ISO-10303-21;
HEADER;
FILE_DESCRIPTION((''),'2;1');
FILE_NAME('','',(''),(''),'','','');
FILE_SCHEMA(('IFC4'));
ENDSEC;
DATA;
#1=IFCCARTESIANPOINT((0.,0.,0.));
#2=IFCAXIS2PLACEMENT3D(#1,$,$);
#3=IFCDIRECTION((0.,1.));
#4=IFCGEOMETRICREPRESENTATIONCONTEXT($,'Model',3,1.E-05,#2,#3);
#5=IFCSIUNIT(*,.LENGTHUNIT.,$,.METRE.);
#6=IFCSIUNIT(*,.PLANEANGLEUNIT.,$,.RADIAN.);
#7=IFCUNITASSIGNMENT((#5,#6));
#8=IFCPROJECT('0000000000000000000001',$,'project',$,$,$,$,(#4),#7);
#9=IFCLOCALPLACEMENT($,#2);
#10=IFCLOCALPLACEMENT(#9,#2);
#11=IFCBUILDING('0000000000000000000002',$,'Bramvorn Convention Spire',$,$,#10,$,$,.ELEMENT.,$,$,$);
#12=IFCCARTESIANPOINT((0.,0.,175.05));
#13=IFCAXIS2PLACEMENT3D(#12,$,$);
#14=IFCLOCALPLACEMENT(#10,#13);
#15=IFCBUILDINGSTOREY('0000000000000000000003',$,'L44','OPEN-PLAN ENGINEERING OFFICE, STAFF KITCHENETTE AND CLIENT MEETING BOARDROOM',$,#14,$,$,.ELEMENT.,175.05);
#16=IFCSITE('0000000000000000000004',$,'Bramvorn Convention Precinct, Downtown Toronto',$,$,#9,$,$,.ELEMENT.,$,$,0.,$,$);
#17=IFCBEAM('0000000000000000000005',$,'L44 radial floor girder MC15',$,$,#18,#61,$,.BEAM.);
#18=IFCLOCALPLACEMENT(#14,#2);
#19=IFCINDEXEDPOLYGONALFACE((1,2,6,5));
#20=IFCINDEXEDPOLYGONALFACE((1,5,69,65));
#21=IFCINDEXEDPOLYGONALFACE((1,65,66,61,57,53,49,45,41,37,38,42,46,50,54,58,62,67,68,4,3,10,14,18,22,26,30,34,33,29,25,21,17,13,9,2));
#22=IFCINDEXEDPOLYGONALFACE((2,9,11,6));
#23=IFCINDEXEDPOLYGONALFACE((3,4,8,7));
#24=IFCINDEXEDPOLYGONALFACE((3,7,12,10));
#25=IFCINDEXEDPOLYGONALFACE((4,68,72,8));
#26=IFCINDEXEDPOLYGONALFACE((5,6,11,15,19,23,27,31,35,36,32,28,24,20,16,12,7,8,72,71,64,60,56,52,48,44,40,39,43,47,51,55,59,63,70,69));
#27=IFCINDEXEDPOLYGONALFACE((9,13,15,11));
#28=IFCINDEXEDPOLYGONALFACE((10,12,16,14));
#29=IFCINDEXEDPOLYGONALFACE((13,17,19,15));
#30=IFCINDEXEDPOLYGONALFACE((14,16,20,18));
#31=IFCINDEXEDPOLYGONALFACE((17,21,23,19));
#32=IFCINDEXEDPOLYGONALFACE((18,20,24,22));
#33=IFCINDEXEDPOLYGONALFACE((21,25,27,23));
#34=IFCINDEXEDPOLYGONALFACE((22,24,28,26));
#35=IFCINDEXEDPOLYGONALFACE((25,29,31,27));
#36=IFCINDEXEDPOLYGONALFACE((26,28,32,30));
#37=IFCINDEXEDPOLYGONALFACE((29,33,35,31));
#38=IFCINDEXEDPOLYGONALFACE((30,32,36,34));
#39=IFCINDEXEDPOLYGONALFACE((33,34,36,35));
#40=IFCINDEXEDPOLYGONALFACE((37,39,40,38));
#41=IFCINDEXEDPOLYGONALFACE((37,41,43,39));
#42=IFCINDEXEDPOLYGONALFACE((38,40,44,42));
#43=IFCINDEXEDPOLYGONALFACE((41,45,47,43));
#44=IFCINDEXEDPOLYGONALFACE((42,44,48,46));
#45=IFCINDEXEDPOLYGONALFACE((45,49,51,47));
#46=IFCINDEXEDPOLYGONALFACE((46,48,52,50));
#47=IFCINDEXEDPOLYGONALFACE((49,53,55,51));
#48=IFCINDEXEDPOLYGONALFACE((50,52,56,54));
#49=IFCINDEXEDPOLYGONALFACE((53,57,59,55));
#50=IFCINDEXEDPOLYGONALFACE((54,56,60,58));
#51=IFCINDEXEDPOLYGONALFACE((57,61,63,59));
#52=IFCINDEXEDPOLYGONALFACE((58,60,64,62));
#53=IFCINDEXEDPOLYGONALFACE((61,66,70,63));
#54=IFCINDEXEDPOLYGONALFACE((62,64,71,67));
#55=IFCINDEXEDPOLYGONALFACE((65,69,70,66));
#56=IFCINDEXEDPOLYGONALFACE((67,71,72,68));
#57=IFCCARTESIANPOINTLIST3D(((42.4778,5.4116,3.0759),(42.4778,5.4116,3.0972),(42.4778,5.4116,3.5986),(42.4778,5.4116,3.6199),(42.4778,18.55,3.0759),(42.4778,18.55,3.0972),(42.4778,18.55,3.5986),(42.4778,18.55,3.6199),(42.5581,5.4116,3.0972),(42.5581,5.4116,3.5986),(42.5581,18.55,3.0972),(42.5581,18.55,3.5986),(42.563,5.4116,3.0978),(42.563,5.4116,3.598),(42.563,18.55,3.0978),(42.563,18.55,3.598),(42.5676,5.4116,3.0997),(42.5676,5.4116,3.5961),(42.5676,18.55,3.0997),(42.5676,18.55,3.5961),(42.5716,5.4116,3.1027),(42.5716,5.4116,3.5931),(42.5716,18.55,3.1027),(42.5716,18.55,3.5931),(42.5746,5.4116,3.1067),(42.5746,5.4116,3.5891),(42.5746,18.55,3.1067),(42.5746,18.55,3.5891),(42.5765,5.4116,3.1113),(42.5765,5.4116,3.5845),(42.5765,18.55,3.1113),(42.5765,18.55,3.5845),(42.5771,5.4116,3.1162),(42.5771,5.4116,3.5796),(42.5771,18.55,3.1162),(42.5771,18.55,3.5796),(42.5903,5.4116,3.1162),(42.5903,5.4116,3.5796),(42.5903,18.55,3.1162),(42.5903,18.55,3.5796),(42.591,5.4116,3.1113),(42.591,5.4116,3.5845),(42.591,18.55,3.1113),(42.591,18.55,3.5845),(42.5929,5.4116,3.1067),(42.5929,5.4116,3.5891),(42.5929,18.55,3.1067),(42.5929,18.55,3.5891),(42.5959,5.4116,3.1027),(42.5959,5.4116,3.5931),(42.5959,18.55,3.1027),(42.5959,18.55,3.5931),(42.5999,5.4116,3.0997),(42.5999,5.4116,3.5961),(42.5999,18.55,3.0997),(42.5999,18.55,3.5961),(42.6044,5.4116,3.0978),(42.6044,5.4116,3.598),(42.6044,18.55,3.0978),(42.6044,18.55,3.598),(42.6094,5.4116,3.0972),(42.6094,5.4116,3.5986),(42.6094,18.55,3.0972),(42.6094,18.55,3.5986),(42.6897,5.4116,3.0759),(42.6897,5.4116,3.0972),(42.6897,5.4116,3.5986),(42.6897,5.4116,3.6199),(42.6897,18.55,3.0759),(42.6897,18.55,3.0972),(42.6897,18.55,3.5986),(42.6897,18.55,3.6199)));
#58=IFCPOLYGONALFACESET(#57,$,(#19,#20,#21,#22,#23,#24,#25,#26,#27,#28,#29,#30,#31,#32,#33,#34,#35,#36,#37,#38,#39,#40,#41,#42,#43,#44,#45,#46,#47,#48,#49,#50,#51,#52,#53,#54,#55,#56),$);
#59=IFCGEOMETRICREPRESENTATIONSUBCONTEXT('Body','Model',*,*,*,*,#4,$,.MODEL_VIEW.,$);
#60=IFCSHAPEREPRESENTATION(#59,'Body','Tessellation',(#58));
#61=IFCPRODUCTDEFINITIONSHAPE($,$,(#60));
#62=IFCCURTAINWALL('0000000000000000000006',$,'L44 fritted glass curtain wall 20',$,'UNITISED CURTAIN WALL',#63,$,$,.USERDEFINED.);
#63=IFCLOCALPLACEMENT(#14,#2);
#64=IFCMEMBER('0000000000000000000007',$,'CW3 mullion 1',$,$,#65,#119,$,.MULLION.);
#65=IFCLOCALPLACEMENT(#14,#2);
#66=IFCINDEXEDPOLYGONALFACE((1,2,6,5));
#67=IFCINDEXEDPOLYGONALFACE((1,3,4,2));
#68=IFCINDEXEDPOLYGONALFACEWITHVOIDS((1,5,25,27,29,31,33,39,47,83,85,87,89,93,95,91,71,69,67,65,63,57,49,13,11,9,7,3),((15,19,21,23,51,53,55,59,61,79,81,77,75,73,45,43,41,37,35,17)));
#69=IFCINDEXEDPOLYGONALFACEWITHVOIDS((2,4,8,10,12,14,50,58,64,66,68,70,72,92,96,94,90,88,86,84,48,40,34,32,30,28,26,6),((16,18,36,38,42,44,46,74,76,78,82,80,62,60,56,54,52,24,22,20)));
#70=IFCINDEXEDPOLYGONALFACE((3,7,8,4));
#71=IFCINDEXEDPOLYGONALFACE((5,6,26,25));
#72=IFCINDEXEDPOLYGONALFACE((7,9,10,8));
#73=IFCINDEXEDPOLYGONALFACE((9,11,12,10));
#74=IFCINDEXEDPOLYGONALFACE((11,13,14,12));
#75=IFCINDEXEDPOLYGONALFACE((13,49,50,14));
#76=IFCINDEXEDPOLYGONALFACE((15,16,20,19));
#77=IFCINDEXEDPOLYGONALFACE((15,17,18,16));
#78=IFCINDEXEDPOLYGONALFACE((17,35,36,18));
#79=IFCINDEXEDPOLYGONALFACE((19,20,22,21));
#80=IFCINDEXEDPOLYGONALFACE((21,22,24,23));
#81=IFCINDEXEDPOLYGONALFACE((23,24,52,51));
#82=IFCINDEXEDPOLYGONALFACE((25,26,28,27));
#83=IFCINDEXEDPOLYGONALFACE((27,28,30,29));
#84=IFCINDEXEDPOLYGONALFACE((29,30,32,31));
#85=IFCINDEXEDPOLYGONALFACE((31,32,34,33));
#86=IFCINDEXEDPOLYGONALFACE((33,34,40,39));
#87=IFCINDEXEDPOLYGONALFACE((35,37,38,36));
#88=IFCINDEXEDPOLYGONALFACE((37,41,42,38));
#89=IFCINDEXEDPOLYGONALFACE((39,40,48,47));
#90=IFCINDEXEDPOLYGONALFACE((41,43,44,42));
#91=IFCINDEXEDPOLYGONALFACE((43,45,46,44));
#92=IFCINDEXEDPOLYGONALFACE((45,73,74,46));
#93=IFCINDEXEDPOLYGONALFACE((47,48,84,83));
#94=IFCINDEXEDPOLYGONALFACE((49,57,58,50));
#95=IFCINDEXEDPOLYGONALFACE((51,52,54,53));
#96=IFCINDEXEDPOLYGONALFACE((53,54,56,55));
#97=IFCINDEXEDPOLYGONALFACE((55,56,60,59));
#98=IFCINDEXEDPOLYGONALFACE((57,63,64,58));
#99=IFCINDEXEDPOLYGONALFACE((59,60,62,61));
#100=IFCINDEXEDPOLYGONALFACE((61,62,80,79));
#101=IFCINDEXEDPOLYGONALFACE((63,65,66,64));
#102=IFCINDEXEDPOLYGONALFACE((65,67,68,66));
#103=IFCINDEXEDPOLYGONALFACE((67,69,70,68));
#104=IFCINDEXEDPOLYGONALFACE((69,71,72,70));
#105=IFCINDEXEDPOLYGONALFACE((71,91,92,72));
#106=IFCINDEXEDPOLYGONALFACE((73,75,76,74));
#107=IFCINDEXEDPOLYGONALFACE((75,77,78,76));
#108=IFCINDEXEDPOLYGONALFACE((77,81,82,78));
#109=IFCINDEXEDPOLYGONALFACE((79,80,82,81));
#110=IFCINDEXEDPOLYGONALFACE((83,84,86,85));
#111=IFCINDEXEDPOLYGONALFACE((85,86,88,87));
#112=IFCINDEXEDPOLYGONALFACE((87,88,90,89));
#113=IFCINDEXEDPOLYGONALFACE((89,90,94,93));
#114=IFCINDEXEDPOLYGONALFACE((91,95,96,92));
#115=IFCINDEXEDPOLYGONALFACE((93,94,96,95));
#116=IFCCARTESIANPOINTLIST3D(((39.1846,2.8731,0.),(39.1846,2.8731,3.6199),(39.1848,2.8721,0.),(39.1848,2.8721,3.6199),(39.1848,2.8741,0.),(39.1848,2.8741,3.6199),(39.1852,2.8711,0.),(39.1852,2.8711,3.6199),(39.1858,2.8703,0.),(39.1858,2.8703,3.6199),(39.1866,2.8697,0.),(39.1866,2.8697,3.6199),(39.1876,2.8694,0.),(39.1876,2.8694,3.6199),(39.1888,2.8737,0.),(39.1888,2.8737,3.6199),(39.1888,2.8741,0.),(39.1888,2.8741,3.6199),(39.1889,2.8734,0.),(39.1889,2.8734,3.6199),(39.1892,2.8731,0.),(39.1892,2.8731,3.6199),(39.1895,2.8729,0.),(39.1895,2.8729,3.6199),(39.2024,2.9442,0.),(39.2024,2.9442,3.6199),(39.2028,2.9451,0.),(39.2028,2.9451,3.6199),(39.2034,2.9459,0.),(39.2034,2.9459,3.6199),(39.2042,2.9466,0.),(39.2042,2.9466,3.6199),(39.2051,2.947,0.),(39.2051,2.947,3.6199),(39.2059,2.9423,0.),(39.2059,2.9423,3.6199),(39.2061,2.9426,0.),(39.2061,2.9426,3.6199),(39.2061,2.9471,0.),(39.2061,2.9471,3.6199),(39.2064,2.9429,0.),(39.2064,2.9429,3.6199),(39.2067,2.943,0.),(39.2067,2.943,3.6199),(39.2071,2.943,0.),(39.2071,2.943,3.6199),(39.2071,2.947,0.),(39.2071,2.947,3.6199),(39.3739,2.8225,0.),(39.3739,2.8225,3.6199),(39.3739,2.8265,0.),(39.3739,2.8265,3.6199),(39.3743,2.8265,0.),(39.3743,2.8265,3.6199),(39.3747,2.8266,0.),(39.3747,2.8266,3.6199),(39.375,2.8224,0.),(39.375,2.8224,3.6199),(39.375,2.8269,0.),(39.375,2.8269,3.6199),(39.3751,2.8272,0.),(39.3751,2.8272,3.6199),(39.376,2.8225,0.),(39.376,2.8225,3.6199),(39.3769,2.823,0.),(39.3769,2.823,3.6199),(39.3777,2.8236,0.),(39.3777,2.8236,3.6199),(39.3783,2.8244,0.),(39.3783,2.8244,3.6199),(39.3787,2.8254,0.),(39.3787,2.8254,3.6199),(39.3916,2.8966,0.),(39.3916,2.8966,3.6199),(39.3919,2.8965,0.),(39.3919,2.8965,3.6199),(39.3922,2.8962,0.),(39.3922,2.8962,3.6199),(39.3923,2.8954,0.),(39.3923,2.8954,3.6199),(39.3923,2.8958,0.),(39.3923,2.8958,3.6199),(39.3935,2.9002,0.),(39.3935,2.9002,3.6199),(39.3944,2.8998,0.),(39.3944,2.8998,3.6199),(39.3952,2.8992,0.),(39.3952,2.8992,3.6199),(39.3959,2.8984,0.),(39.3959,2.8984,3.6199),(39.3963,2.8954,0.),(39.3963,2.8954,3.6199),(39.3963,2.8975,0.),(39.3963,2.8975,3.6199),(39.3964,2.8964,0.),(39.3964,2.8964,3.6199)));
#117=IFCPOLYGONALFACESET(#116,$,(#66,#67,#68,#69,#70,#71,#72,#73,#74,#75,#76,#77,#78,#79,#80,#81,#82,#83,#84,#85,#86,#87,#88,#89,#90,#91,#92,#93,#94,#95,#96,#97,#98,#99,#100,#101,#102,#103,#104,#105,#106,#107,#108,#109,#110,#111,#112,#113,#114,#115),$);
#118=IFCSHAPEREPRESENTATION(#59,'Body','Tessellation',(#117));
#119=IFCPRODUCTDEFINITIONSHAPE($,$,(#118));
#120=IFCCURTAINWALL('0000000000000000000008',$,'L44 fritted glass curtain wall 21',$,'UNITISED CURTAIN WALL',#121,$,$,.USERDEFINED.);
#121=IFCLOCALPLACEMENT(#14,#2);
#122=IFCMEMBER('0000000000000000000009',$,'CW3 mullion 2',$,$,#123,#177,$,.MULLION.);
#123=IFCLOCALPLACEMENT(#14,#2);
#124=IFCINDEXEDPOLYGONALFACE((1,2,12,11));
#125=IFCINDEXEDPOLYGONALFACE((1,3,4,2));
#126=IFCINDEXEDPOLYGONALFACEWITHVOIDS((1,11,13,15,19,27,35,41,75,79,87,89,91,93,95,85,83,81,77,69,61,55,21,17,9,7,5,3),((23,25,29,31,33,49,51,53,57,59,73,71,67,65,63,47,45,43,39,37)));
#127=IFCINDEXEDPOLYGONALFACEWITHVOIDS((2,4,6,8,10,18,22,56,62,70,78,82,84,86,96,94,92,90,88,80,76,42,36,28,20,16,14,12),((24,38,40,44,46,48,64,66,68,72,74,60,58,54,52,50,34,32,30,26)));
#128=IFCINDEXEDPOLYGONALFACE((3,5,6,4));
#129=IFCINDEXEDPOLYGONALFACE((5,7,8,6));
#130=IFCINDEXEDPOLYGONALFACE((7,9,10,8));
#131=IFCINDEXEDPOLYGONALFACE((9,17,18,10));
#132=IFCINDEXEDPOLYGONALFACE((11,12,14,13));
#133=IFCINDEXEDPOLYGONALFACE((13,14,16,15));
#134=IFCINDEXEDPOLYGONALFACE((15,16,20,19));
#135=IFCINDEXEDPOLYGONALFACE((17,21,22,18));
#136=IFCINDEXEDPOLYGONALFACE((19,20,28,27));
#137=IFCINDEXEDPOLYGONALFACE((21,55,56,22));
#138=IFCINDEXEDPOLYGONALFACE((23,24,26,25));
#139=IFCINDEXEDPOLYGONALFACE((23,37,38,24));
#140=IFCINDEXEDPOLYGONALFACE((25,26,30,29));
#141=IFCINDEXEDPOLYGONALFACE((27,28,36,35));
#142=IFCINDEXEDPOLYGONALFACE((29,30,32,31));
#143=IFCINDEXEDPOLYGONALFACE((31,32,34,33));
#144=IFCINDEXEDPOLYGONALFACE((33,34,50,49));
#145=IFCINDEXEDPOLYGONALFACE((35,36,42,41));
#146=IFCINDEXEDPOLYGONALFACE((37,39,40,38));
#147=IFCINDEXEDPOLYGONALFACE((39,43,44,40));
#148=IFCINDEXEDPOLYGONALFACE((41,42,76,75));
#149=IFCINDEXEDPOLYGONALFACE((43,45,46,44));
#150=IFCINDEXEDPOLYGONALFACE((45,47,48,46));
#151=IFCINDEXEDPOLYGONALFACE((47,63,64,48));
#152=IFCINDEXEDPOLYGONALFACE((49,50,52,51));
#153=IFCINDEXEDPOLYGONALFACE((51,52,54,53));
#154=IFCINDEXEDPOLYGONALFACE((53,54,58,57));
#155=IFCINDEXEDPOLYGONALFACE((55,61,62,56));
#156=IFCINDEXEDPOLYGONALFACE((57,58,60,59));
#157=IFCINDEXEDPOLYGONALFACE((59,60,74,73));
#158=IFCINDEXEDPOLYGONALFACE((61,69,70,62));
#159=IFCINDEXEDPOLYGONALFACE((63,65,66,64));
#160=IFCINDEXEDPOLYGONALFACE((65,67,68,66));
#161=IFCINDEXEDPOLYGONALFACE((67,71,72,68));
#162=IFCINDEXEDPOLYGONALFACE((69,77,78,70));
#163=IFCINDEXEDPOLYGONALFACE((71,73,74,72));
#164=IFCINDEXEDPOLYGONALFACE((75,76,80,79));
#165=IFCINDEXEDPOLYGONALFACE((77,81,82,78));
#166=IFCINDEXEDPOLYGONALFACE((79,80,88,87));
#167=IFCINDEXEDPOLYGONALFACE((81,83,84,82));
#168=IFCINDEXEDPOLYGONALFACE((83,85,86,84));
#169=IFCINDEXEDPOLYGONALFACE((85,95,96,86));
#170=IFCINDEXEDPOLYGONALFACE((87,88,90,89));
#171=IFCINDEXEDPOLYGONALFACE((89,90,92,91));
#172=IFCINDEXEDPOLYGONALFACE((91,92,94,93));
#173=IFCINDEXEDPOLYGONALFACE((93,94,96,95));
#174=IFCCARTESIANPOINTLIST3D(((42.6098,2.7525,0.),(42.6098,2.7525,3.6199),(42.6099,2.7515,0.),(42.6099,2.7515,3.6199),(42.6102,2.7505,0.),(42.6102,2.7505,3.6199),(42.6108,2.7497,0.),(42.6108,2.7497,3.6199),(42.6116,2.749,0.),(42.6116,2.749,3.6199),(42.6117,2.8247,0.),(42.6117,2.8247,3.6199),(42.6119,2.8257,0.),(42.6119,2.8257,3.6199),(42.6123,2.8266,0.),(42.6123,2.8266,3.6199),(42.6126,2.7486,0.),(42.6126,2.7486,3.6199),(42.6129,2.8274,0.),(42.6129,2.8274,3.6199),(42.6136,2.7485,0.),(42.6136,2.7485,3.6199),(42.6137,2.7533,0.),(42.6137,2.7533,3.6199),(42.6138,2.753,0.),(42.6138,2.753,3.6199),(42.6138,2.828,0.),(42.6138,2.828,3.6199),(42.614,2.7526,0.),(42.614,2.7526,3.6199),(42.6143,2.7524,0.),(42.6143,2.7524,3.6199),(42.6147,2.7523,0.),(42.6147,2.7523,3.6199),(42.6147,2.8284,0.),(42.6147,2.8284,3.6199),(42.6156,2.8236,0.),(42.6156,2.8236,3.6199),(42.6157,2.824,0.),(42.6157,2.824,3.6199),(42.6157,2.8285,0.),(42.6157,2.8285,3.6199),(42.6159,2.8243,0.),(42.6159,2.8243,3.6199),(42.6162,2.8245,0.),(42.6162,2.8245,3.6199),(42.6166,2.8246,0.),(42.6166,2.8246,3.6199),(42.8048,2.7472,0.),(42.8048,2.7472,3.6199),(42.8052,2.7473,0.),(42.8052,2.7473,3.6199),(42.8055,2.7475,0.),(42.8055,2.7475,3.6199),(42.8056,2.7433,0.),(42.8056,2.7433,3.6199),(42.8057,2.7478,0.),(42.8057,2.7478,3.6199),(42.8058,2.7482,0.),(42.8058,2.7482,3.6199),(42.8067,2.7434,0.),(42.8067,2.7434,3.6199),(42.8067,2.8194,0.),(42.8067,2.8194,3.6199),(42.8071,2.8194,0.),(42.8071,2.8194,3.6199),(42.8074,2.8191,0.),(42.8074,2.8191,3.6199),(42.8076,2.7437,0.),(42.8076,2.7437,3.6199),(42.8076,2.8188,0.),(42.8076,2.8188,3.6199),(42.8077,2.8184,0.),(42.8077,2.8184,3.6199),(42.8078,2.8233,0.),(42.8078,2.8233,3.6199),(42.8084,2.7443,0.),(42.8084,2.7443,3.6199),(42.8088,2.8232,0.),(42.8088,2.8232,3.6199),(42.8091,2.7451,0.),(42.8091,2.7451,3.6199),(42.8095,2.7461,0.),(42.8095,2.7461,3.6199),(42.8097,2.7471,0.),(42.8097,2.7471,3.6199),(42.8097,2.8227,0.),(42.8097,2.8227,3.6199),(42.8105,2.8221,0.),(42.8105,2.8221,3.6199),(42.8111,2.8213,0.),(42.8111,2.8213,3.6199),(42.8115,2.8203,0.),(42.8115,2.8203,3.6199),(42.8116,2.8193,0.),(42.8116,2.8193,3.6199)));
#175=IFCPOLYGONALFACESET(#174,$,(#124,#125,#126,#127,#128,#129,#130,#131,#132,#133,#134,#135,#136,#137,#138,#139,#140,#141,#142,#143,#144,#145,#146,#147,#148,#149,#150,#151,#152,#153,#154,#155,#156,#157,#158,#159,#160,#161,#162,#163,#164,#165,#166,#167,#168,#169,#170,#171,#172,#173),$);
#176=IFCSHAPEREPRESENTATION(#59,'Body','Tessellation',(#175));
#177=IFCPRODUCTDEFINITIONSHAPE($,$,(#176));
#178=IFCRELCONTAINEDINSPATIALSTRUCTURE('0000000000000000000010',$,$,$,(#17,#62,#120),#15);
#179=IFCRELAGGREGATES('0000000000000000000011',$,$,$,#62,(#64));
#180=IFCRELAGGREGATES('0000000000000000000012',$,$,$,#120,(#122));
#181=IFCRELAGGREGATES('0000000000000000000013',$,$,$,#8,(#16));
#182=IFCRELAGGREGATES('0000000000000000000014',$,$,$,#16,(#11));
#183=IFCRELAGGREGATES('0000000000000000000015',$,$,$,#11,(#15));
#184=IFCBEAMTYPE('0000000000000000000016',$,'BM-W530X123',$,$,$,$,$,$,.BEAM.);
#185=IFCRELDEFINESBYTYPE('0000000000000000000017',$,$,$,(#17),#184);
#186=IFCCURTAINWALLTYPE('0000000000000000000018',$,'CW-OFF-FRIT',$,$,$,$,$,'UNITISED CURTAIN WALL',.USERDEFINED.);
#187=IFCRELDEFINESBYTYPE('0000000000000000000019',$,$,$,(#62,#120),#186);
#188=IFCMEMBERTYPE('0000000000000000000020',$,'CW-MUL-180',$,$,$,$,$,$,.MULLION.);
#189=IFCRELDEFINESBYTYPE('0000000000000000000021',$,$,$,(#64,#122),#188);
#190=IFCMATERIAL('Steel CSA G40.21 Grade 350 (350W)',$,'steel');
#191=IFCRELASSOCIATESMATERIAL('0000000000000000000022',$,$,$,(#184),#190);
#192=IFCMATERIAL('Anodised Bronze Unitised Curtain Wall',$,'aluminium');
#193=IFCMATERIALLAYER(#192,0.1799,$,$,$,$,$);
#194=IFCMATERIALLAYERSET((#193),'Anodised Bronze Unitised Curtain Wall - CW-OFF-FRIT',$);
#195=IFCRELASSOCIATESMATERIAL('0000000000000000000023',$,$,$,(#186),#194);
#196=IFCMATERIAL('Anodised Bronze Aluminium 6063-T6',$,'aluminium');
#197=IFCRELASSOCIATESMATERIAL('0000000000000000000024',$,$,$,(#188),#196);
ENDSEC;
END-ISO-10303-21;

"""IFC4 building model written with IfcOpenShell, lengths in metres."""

from ifc_helpers import new_model, si_unit, direction, frame, origin, origin_2d, place, context, subcontext, project, spatial, hollow_rectangle, i_section, extrude, material, layer, layer_set, material_profile, profile_set, type_object, element, aggregate, save


model = new_model("IFC4")

# Units and contexts
model_context = context("Model", 3, precision=1e-05, world=origin(), true_north=direction((0.0, 1.0)))
body_context = subcontext(model_context, "Body", "Model", "MODEL_VIEW")
ifc_project = project(units=[si_unit("LENGTHUNIT", "METRE"), si_unit("PLANEANGLEUNIT", "RADIAN")], contexts=[model_context])

# Site, building, storey
site_placement = place(None, origin())
site = spatial("IfcSite", under=ifc_project, at=site_placement, Name="Bramvorn Convention Precinct, Downtown Toronto", CompositionType="ELEMENT", RefElevation=0.0)
building_placement = place(site_placement, origin())
building = spatial("IfcBuilding", under=site, at=building_placement, Name="Bramvorn Convention Spire", CompositionType="ELEMENT")
storey_placement = place(building_placement, frame((0.0, 0.0, 175.05)))
storey = spatial("IfcBuildingStorey", under=building, at=storey_placement, Name="L44", Description="OPEN-PLAN ENGINEERING OFFICE, STAFF KITCHENETTE AND CLIENT MEETING BOARDROOM", CompositionType="ELEMENT", Elevation=175.05)

# Shared definitions
ifc_material_1 = material(Name="Steel CSA G40.21 Grade 350 (350W)", Category="steel")

# Beam
ifc_material_profile_1 = material_profile(ifc_material_1, i_section(OverallWidth=0.2119, OverallDepth=0.5439, WebThickness=0.0132, FlangeThickness=0.0212, FilletRadius=0.019, at=origin_2d()))
ifc_profile_set_1 = profile_set([ifc_material_profile_1], Name="Steel CSA G40.21 Grade 350 (350W) - W530X123")
beam_type_1 = type_object("IfcBeamType", Name="BM-W530X123", PredefinedType="BEAM", material=ifc_profile_set_1)
beam_1_placement = place(storey_placement, frame((42.5837, 18.55, 3.3479), z_axis=(0.0, -1.0, 0.0), x_axis=(1.0, 0.0, 0.0)))
element("IfcBeam", 1, at=beam_1_placement, inside=storey, type_object=beam_type_1, Name="L44 radial floor girder MC15", PredefinedType="BEAM", context=body_context, shape_type="SweptSolid", body=[
    extrude(i_section(OverallWidth=0.2119, OverallDepth=0.5439, WebThickness=0.0132, FlangeThickness=0.0212, FilletRadius=0.019, at=origin_2d()), origin(), (0.0, 0.0, 1.0), 13.1384),
])

# Curtain wall, member
ifc_material_2 = material(Name="Anodised Bronze Unitised Curtain Wall", Category="aluminium")
ifc_layer_1 = layer(ifc_material_2, 0.1799)
ifc_layer_set_1 = layer_set([ifc_layer_1], Name="Anodised Bronze Unitised Curtain Wall - CW-OFF-FRIT")
curtain_wall_type = type_object("IfcCurtainWallType", Name="CW-OFF-FRIT", ElementType="UNITISED CURTAIN WALL", PredefinedType="USERDEFINED", material=ifc_layer_set_1)
curtain_wall_1_placement = place(storey_placement, origin())
curtain_wall_1 = element("IfcCurtainWall", 2, at=curtain_wall_1_placement, inside=storey, type_object=curtain_wall_type, Name="L44 fritted glass curtain wall 20", ObjectType="UNITISED CURTAIN WALL", PredefinedType="USERDEFINED")
ifc_material_3 = material(Name="Anodised Bronze Aluminium 6063-T6", Category="aluminium")
ifc_material_profile_2 = material_profile(ifc_material_3, hollow_rectangle(XDim=0.0801, YDim=0.2, WallThickness=0.0039, InnerFilletRadius=0.001, OuterFilletRadius=0.0039, at=origin_2d()))
ifc_profile_set_2 = profile_set([ifc_material_profile_2], Name="Anodised Bronze Aluminium 6063-T6 - CWM80X200")
member_type_1 = type_object("IfcMemberType", Name="CW-MUL-180", PredefinedType="MULLION", material=ifc_profile_set_2)
member_1_placement = place(storey_placement, frame((39.2905, 2.8848, 0.0), z_axis=(0.0, 0.0, 1.0), x_axis=(-0.243786, -0.969829, 0.0)))
member_1 = element("IfcMember", 3, at=member_1_placement, type_object=member_type_1, Name="CW3 mullion 1", PredefinedType="MULLION", context=body_context, shape_type="SweptSolid", body=[
    extrude(hollow_rectangle(XDim=0.0801, YDim=0.2, WallThickness=0.0039, InnerFilletRadius=0.001, OuterFilletRadius=0.0039, at=origin_2d()), origin(), (0.0, 0.0, 1.0), 3.6199),
])

# Curtain wall, member
curtain_wall_2_placement = place(storey_placement, origin())
curtain_wall_2 = element("IfcCurtainWall", 4, at=curtain_wall_2_placement, inside=storey, type_object=curtain_wall_type, Name="L44 fritted glass curtain wall 21", ObjectType="UNITISED CURTAIN WALL", PredefinedType="USERDEFINED")
member_2_placement = place(storey_placement, frame((42.7107, 2.7859, 0.0), z_axis=(0.0, 0.0, 1.0), x_axis=(-0.026988, -0.999636, 0.0)))
member_2 = element("IfcMember", 5, at=member_2_placement, type_object=member_type_1, Name="CW3 mullion 2", PredefinedType="MULLION", context=body_context, shape_type="SweptSolid", body=[
    extrude(hollow_rectangle(XDim=0.0801, YDim=0.2, WallThickness=0.0039, InnerFilletRadius=0.001, OuterFilletRadius=0.0039, at=origin_2d()), origin(), (0.0, 0.0, 1.0), 3.6199),
])

aggregate(curtain_wall_1, [member_1])
aggregate(curtain_wall_2, [member_2])

save(model, "model.ifc")
